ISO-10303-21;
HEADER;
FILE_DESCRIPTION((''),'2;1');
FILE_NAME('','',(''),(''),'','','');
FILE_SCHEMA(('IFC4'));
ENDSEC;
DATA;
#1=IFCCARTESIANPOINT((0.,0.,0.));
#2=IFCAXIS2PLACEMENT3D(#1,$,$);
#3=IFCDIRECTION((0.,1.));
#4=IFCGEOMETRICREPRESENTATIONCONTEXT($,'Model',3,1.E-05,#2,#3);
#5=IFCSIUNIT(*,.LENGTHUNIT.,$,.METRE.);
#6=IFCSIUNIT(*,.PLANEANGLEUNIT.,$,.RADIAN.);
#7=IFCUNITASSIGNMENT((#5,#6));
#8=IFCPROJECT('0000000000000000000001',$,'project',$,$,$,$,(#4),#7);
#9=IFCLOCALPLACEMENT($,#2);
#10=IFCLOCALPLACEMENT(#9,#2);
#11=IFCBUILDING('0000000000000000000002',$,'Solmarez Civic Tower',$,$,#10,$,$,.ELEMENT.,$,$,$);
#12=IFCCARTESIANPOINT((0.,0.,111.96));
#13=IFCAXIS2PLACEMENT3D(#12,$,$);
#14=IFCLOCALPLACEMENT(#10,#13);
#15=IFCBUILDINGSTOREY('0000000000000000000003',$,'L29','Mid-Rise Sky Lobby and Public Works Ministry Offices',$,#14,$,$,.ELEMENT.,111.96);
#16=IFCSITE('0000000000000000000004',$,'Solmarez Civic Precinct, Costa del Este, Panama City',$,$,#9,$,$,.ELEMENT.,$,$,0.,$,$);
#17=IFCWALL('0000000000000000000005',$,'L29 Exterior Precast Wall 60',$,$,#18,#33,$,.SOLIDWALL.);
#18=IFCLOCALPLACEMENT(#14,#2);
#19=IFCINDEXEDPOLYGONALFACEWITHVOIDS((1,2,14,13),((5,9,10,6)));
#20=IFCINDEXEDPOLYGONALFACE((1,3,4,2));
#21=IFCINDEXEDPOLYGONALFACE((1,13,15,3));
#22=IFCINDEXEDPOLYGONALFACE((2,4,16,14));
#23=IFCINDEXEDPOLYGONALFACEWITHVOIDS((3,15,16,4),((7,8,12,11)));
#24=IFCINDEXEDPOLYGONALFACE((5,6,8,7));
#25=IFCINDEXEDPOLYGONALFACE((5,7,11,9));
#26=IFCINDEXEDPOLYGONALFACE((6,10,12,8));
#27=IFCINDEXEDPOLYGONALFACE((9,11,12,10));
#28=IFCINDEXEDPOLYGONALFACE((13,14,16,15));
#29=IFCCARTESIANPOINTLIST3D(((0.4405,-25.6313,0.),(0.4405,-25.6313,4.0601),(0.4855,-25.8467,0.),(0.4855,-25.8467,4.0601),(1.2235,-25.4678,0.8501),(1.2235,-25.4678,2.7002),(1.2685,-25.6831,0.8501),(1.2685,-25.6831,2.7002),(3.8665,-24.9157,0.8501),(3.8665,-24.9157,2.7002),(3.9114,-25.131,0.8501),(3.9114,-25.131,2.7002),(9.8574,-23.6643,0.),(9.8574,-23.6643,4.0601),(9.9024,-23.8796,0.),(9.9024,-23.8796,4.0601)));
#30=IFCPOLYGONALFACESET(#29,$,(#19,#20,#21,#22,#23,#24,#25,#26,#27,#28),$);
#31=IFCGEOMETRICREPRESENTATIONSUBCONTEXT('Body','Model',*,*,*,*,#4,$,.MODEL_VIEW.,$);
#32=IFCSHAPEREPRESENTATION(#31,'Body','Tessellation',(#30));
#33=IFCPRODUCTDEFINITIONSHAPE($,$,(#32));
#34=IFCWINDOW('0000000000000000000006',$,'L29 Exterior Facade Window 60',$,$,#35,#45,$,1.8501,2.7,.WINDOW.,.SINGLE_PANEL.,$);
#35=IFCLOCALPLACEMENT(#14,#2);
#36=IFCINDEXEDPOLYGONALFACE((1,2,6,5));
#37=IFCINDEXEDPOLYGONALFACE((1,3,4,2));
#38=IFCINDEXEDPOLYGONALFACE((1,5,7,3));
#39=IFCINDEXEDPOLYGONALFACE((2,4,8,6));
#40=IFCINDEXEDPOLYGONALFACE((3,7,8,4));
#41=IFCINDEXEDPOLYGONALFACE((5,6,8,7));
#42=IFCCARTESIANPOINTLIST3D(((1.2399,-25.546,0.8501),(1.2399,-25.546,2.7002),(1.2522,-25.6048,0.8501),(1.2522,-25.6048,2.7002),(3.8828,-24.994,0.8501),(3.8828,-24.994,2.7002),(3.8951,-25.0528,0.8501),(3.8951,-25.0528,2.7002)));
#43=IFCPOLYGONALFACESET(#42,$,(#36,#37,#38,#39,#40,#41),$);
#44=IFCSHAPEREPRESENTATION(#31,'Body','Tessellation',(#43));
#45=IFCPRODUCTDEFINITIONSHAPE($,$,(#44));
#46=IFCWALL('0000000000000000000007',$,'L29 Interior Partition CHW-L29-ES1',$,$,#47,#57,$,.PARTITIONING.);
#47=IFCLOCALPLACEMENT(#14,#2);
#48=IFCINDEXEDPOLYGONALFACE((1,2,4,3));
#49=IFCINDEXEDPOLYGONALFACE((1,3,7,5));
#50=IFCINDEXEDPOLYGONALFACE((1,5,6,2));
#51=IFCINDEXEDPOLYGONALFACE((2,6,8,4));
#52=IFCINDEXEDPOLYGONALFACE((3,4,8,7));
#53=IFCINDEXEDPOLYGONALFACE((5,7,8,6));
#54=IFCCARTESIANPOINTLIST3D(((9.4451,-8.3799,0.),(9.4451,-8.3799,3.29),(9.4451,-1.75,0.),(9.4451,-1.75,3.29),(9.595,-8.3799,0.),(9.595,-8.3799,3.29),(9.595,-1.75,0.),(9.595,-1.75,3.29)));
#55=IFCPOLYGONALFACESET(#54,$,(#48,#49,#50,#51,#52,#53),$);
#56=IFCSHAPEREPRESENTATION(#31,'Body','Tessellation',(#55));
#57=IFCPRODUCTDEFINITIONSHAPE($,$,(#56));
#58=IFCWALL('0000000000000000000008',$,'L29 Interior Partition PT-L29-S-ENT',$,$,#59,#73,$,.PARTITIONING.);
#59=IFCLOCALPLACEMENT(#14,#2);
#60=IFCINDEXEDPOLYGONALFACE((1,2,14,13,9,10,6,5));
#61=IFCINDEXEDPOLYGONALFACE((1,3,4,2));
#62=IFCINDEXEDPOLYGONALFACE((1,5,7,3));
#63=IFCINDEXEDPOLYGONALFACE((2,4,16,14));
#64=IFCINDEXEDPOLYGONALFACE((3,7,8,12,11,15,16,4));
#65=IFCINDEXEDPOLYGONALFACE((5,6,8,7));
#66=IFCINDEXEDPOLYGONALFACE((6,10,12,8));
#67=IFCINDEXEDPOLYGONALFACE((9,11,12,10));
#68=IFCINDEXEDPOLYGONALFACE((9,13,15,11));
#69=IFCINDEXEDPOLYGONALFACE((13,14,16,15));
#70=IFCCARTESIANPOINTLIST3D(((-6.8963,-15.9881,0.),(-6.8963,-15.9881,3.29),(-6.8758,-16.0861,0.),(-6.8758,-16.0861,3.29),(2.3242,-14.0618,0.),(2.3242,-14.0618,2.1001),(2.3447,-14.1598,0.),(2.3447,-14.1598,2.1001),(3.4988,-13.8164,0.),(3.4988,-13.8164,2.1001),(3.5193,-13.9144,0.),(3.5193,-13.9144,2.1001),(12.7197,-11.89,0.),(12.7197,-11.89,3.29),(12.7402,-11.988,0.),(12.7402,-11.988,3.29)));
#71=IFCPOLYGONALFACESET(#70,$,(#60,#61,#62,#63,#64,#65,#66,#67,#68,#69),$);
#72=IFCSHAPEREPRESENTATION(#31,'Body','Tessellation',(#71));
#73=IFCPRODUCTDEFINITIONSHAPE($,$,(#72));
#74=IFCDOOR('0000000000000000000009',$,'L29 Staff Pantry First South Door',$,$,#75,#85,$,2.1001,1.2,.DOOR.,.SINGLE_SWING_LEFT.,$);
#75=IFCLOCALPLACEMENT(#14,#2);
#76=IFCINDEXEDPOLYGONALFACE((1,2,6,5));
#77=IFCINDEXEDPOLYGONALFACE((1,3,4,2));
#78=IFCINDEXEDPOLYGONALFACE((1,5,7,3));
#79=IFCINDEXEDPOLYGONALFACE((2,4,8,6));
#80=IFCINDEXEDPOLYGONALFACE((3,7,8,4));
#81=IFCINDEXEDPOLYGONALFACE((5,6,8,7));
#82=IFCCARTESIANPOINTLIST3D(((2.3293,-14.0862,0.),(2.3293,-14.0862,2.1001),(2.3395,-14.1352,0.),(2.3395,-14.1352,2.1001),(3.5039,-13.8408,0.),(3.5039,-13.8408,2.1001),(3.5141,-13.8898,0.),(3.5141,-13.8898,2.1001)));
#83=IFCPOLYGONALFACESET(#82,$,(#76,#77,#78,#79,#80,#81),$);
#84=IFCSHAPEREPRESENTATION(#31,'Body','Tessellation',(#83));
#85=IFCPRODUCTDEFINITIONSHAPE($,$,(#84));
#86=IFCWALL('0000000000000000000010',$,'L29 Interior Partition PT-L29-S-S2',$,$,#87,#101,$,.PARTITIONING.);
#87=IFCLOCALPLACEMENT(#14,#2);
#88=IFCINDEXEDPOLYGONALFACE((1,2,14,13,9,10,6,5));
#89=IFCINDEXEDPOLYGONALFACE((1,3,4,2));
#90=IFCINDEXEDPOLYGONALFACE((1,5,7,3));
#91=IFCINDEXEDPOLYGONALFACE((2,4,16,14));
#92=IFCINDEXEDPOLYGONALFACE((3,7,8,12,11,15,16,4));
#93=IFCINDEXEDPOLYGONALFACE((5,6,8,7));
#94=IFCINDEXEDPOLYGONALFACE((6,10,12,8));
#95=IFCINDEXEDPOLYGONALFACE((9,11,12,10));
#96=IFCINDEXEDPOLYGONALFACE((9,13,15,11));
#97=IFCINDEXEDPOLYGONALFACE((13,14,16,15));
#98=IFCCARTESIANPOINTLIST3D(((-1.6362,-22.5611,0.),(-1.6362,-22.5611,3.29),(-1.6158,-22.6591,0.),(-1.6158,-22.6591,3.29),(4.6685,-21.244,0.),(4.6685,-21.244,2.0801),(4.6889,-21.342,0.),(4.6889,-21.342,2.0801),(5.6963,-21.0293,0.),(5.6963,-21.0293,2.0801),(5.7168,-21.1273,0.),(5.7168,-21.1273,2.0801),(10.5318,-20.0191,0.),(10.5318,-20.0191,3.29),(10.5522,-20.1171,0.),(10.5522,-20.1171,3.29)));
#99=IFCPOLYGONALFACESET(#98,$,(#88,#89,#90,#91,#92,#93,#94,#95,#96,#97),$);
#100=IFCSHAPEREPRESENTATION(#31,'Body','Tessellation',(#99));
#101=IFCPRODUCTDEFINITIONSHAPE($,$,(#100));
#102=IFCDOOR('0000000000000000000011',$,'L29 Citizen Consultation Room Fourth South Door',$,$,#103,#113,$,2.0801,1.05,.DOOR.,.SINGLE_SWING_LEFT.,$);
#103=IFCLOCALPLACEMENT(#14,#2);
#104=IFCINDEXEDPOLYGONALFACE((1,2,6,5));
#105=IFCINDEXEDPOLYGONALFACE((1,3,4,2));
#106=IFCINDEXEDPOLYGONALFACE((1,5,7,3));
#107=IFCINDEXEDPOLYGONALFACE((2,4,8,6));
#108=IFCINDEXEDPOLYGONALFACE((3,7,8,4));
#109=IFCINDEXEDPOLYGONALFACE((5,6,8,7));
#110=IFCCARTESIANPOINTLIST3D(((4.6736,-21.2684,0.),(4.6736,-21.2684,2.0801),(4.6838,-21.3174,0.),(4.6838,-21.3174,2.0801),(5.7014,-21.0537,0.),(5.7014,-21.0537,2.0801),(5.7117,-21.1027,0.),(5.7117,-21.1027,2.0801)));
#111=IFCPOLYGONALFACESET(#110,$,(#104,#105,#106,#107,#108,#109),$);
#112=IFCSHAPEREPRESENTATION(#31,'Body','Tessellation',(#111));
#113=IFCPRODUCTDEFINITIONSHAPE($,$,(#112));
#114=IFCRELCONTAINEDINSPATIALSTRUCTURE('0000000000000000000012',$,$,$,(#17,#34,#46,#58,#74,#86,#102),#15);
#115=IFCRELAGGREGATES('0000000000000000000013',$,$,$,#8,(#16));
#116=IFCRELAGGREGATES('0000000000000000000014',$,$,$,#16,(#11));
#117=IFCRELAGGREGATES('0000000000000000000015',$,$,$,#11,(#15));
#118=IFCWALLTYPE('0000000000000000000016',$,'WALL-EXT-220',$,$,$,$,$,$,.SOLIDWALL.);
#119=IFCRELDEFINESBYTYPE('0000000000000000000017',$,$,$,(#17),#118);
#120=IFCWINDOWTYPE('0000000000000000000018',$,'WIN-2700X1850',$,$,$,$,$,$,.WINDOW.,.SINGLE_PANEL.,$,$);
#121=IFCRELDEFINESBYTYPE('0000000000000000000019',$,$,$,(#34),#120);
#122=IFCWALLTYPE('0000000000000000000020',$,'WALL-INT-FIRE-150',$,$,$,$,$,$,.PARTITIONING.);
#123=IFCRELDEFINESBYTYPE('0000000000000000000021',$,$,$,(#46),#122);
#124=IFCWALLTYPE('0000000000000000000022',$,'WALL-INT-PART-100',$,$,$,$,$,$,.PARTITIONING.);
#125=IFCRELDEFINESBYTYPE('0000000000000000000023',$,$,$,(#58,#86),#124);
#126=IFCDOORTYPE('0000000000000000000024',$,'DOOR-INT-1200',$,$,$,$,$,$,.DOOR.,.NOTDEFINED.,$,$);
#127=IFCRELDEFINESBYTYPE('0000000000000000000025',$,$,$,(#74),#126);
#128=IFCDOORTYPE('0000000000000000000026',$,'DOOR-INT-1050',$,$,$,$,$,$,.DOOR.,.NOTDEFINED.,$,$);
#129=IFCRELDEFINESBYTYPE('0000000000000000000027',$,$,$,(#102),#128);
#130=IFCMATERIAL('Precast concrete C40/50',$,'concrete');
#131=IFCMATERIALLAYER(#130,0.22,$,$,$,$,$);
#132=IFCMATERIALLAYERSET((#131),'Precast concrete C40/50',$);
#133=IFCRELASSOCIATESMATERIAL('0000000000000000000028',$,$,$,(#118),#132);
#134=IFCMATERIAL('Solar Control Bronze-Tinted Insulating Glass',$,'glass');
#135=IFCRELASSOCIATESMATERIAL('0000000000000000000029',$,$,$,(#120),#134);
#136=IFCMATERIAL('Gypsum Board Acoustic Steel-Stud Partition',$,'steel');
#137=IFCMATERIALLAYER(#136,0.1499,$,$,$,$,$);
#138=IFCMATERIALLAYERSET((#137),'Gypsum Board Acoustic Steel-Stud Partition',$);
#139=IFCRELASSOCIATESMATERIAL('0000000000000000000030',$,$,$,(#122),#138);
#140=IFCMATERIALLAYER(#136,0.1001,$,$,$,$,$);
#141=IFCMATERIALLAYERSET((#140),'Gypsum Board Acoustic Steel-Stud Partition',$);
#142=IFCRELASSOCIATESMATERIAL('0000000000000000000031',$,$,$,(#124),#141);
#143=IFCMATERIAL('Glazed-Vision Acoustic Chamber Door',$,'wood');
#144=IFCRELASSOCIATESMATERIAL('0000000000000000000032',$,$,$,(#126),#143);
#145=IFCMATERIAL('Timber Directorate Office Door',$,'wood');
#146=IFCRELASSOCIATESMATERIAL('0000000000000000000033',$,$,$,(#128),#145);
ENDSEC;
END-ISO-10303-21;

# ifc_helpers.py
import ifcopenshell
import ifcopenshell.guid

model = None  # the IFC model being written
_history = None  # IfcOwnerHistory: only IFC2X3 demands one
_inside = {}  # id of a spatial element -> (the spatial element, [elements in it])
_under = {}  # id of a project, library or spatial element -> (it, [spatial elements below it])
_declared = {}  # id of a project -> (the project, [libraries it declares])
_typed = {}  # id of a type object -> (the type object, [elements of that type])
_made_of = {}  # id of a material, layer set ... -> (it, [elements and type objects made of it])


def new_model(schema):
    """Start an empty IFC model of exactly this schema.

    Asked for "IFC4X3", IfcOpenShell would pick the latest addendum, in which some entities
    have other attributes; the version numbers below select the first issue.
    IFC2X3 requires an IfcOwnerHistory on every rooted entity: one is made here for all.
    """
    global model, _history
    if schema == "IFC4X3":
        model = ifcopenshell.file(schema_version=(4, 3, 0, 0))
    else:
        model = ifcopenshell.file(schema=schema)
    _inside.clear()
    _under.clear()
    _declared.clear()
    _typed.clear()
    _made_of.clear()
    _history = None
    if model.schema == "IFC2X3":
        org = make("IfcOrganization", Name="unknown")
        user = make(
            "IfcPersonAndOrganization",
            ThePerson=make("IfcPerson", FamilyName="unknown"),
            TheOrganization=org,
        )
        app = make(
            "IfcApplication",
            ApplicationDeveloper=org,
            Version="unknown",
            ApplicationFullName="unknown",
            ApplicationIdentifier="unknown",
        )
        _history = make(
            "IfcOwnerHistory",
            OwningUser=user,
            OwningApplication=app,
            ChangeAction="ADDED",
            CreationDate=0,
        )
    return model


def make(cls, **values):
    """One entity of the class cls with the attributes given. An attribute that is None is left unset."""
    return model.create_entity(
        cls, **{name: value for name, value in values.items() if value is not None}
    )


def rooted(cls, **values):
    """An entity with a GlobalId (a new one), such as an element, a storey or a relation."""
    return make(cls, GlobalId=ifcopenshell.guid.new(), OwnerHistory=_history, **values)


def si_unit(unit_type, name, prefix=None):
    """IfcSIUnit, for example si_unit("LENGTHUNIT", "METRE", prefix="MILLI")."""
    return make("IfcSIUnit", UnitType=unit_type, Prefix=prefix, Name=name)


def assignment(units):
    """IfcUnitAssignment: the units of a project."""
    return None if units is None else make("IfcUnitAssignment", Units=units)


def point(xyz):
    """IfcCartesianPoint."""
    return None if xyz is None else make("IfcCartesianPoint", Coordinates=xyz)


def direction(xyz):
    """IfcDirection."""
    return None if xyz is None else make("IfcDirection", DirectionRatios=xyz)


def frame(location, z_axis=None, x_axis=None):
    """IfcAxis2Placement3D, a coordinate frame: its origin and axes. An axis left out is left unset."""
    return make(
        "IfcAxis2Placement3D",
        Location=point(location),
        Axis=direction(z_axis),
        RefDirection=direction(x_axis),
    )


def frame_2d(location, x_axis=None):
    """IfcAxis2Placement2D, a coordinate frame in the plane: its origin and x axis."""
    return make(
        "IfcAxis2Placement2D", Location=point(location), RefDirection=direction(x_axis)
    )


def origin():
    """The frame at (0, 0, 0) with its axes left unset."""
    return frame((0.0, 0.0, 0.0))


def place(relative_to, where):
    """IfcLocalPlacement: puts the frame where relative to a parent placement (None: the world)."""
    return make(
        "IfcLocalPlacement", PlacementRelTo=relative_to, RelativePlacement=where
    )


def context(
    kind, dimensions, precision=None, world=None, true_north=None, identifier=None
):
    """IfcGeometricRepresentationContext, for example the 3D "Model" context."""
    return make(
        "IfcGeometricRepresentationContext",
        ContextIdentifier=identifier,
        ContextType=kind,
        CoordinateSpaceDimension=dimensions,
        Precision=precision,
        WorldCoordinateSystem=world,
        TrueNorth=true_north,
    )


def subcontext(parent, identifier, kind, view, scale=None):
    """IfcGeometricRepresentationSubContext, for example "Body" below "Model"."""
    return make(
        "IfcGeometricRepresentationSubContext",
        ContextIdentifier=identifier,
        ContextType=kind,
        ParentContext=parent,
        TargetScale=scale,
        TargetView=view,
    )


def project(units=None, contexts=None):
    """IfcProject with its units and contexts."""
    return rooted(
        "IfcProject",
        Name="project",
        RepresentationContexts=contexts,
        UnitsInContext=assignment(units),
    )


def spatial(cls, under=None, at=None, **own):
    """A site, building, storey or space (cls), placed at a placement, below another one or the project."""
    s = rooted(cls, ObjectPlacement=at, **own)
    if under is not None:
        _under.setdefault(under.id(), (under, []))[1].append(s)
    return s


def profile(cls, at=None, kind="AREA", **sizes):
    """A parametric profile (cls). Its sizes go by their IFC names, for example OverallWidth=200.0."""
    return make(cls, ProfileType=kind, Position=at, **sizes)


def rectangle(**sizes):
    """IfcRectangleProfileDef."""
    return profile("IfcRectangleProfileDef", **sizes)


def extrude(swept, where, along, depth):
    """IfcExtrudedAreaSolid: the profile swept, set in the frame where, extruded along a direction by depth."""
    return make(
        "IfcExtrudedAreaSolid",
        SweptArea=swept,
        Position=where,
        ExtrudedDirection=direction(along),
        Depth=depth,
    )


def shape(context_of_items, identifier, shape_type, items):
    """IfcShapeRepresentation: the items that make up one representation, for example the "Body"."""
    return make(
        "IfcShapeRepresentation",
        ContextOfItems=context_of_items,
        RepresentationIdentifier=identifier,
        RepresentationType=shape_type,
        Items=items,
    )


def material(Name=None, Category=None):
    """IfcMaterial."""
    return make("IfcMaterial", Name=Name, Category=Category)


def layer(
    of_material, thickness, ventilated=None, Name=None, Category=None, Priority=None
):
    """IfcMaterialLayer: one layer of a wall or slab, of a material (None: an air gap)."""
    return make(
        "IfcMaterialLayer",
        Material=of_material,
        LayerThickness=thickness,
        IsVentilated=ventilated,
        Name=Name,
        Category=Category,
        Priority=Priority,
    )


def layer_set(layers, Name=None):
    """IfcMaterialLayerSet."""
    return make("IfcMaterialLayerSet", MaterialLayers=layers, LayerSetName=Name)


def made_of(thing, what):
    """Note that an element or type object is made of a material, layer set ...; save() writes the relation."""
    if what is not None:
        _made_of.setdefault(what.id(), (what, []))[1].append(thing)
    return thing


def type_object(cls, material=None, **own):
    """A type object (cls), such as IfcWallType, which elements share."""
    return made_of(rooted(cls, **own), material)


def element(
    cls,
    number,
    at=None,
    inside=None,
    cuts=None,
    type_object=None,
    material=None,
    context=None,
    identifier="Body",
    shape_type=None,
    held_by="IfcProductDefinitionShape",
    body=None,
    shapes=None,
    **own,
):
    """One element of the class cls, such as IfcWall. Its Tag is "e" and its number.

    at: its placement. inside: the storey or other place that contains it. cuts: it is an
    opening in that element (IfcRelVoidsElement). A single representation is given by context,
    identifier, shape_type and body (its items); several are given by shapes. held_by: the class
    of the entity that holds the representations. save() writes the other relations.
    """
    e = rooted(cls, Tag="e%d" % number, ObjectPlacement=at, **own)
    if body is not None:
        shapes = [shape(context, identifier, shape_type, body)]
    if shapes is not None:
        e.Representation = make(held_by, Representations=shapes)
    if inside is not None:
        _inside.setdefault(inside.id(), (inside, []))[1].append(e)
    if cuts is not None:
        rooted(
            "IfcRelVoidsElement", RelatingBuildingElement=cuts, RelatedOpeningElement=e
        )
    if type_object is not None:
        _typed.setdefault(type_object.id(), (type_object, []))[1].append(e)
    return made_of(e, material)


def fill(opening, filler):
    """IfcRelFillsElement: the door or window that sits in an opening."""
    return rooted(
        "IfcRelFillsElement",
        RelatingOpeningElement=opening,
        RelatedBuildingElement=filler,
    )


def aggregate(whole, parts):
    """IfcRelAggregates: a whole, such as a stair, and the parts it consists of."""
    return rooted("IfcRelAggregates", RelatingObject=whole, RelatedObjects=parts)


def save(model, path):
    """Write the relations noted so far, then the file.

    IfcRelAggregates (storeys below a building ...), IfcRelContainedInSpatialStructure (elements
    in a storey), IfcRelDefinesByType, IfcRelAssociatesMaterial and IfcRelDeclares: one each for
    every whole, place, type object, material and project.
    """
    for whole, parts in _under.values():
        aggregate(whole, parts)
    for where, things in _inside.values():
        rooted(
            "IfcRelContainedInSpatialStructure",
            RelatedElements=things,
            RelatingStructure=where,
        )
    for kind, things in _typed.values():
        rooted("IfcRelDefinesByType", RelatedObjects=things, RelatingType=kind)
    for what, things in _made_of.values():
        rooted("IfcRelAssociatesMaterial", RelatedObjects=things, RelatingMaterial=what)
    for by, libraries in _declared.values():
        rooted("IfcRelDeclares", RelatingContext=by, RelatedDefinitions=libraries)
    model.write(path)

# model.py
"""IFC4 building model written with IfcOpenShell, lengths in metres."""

from ifc_helpers import new_model, si_unit, direction, frame, frame_2d, origin, place, context, subcontext, project, spatial, rectangle, extrude, material, layer, layer_set, type_object, element, fill, save


model = new_model("IFC4")

# Units and contexts
model_context = context("Model", 3, precision=1e-05, world=origin(), true_north=direction((0.0, 1.0)))
body_context = subcontext(model_context, "Body", "Model", "MODEL_VIEW")
ifc_project = project(units=[si_unit("LENGTHUNIT", "METRE"), si_unit("PLANEANGLEUNIT", "RADIAN")], contexts=[model_context])

# Site, building, storey
site_placement = place(None, origin())
site = spatial("IfcSite", under=ifc_project, at=site_placement, Name="Solmarez Civic Precinct, Costa del Este, Panama City", CompositionType="ELEMENT", RefElevation=0.0)
building_placement = place(site_placement, origin())
building = spatial("IfcBuilding", under=site, at=building_placement, Name="Solmarez Civic Tower", CompositionType="ELEMENT")
storey_placement = place(building_placement, frame((0.0, 0.0, 111.96)))
storey = spatial("IfcBuildingStorey", under=building, at=storey_placement, Name="L29", Description="Mid-Rise Sky Lobby and Public Works Ministry Offices", CompositionType="ELEMENT", Elevation=111.96)

# Shared definitions
ifc_material_1 = material(Name="Precast concrete C40/50", Category="concrete")
ifc_layer_1 = layer(ifc_material_1, 0.22)
ifc_layer_set_1 = layer_set([ifc_layer_1], Name="Precast concrete C40/50")
wall_type_1 = type_object("IfcWallType", Name="WALL-EXT-220", PredefinedType="SOLIDWALL", material=ifc_layer_set_1)

# Shared definitions
ifc_material_2 = material(Name="Solar Control Bronze-Tinted Insulating Glass", Category="glass")

# Wall, opening, window
wall_1_placement = place(storey_placement, frame((9.8799, -23.772, 0.0), z_axis=(0.0, 0.0, 1.0), x_axis=(-0.978873, -0.204469, 0.0)))
wall_1 = element("IfcWall", 1, at=wall_1_placement, inside=storey, type_object=wall_type_1, Name="L29 Exterior Precast Wall 60", PredefinedType="SOLIDWALL", context=body_context, shape_type="SweptSolid", body=[
    extrude(rectangle(XDim=9.6201, YDim=0.22, at=frame_2d((4.8101, 0.0))), origin(), (0.0, 0.0, 1.0), 4.0601),
])
opening_1_placement = place(wall_1_placement, frame((6.1201, 0.0, 0.8501)))
opening_1 = element("IfcOpeningElement", 2, at=opening_1_placement, cuts=wall_1, PredefinedType="OPENING", context=body_context, shape_type="SweptSolid", body=[
    extrude(rectangle(XDim=2.7, YDim=1.8501, at=frame_2d((1.3501, 0.925))), frame((0.0, 0.1199, 0.0), z_axis=(0.0, -1.0, 0.0), x_axis=(1.0, 0.0, 0.0)), (0.0, 0.0, 1.0), 0.24),
])
window_type_1 = type_object("IfcWindowType", Name="WIN-2700X1850", PartitioningType="SINGLE_PANEL", PredefinedType="WINDOW", material=ifc_material_2)
window_1_placement = place(opening_1_placement, origin())
window_1 = element("IfcWindow", 3, at=window_1_placement, inside=storey, type_object=window_type_1, Name="L29 Exterior Facade Window 60", OverallHeight=1.8501, OverallWidth=2.7, PartitioningType="SINGLE_PANEL", PredefinedType="WINDOW", context=body_context, shape_type="SweptSolid", body=[
    extrude(rectangle(XDim=2.7, YDim=1.8501, at=frame_2d((1.3501, 0.925))), frame((0.0, 0.03, 0.0), z_axis=(0.0, -1.0, 0.0), x_axis=(1.0, 0.0, 0.0)), (0.0, 0.0, 1.0), 0.0601),
])
fill(opening_1, window_1)

# Wall
ifc_material_3 = material(Name="Gypsum Board Acoustic Steel-Stud Partition", Category="steel")
ifc_layer_2 = layer(ifc_material_3, 0.1499)
ifc_layer_set_2 = layer_set([ifc_layer_2], Name="Gypsum Board Acoustic Steel-Stud Partition")
wall_type_2 = type_object("IfcWallType", Name="WALL-INT-FIRE-150", PredefinedType="PARTITIONING", material=ifc_layer_set_2)
wall_2_placement = place(storey_placement, frame((9.52, -8.3799, 0.0), z_axis=(0.0, 0.0, 1.0), x_axis=(0.0, 1.0, 0.0)))
element("IfcWall", 4, at=wall_2_placement, inside=storey, type_object=wall_type_2, Name="L29 Interior Partition CHW-L29-ES1", PredefinedType="PARTITIONING", context=body_context, shape_type="SweptSolid", body=[
    extrude(rectangle(XDim=6.6299, YDim=0.1499, at=frame_2d((3.3149, 0.0))), origin(), (0.0, 0.0, 1.0), 3.29),
])

# Walls, openings, doors
ifc_layer_3 = layer(ifc_material_3, 0.1001)
ifc_layer_set_3 = layer_set([ifc_layer_3], Name="Gypsum Board Acoustic Steel-Stud Partition")
wall_type_3 = type_object("IfcWallType", Name="WALL-INT-PART-100", PredefinedType="PARTITIONING", material=ifc_layer_set_3)
wall_3_placement = place(storey_placement, frame((12.73, -11.939, 0.0), z_axis=(0.0, 0.0, 1.0), x_axis=(-0.978866, -0.204503, 0.0)))
wall_3 = element("IfcWall", 5, at=wall_3_placement, inside=storey, type_object=wall_type_3, Name="L29 Interior Partition PT-L29-S-ENT", PredefinedType="PARTITIONING", context=body_context, shape_type="SweptSolid", body=[
    extrude(rectangle(XDim=20.0396, YDim=0.1001, at=frame_2d((10.0198, 0.0))), origin(), (0.0, 0.0, 1.0), 3.29),
])
opening_2_placement = place(wall_3_placement, frame((9.4199, 0.0, 0.0)))
opening_2 = element("IfcOpeningElement", 6, at=opening_2_placement, cuts=wall_3, PredefinedType="OPENING", context=body_context, shape_type="SweptSolid", body=[
    extrude(rectangle(XDim=1.2, YDim=2.1001, at=frame_2d((0.6001, 1.05))), frame((0.0, 0.0601, 0.0), z_axis=(0.0, -1.0, 0.0), x_axis=(1.0, 0.0, 0.0)), (0.0, 0.0, 1.0), 0.1201),
])
ifc_material_4 = material(Name="Glazed-Vision Acoustic Chamber Door", Category="wood")
door_type_1 = type_object("IfcDoorType", Name="DOOR-INT-1200", OperationType="NOTDEFINED", PredefinedType="DOOR", material=ifc_material_4)
door_1_placement = place(opening_2_placement, origin())
door_1 = element("IfcDoor", 7, at=door_1_placement, inside=storey, type_object=door_type_1, Name="L29 Staff Pantry First South Door", OperationType="SINGLE_SWING_LEFT", OverallHeight=2.1001, OverallWidth=1.2, PredefinedType="DOOR", context=body_context, shape_type="SweptSolid", body=[
    extrude(rectangle(XDim=1.2, YDim=2.1001, at=frame_2d((0.6001, 1.05))), frame((0.0, 0.0249, 0.0), z_axis=(0.0, -1.0, 0.0), x_axis=(1.0, 0.0, 0.0)), (0.0, 0.0, 1.0), 0.05),
])
fill(opening_2, door_1)
wall_4_placement = place(storey_placement, frame((10.542, -20.0681, 0.0), z_axis=(0.0, 0.0, 1.0), x_axis=(-0.978868, -0.204494, 0.0)))
wall_4 = element("IfcWall", 8, at=wall_4_placement, inside=storey, type_object=wall_type_3, Name="L29 Interior Partition PT-L29-S-S2", PredefinedType="PARTITIONING", context=body_context, shape_type="SweptSolid", body=[
    extrude(rectangle(XDim=12.4307, YDim=0.1001, at=frame_2d((6.2153, 0.0))), origin(), (0.0, 0.0, 1.0), 3.29),
])
opening_3_placement = place(wall_4_placement, frame((4.9399, 0.0, 0.0)))
opening_3 = element("IfcOpeningElement", 9, at=opening_3_placement, cuts=wall_4, PredefinedType="OPENING", context=body_context, shape_type="SweptSolid", body=[
    extrude(rectangle(XDim=1.05, YDim=2.0801, at=frame_2d((0.5249, 1.04))), frame((0.0, 0.0601, 0.0), z_axis=(0.0, -1.0, 0.0), x_axis=(1.0, 0.0, 0.0)), (0.0, 0.0, 1.0), 0.1201),
])
ifc_material_5 = material(Name="Timber Directorate Office Door", Category="wood")
door_type_2 = type_object("IfcDoorType", Name="DOOR-INT-1050", OperationType="NOTDEFINED", PredefinedType="DOOR", material=ifc_material_5)
door_2_placement = place(opening_3_placement, origin())
door_2 = element("IfcDoor", 10, at=door_2_placement, inside=storey, type_object=door_type_2, Name="L29 Citizen Consultation Room Fourth South Door", OperationType="SINGLE_SWING_LEFT", OverallHeight=2.0801, OverallWidth=1.05, PredefinedType="DOOR", context=body_context, shape_type="SweptSolid", body=[
    extrude(rectangle(XDim=1.05, YDim=2.0801, at=frame_2d((0.5249, 1.04))), frame((0.0, 0.0249, 0.0), z_axis=(0.0, -1.0, 0.0), x_axis=(1.0, 0.0, 0.0)), (0.0, 0.0, 1.0), 0.05),
])
fill(opening_3, door_2)

save(model, "model.ifc")
